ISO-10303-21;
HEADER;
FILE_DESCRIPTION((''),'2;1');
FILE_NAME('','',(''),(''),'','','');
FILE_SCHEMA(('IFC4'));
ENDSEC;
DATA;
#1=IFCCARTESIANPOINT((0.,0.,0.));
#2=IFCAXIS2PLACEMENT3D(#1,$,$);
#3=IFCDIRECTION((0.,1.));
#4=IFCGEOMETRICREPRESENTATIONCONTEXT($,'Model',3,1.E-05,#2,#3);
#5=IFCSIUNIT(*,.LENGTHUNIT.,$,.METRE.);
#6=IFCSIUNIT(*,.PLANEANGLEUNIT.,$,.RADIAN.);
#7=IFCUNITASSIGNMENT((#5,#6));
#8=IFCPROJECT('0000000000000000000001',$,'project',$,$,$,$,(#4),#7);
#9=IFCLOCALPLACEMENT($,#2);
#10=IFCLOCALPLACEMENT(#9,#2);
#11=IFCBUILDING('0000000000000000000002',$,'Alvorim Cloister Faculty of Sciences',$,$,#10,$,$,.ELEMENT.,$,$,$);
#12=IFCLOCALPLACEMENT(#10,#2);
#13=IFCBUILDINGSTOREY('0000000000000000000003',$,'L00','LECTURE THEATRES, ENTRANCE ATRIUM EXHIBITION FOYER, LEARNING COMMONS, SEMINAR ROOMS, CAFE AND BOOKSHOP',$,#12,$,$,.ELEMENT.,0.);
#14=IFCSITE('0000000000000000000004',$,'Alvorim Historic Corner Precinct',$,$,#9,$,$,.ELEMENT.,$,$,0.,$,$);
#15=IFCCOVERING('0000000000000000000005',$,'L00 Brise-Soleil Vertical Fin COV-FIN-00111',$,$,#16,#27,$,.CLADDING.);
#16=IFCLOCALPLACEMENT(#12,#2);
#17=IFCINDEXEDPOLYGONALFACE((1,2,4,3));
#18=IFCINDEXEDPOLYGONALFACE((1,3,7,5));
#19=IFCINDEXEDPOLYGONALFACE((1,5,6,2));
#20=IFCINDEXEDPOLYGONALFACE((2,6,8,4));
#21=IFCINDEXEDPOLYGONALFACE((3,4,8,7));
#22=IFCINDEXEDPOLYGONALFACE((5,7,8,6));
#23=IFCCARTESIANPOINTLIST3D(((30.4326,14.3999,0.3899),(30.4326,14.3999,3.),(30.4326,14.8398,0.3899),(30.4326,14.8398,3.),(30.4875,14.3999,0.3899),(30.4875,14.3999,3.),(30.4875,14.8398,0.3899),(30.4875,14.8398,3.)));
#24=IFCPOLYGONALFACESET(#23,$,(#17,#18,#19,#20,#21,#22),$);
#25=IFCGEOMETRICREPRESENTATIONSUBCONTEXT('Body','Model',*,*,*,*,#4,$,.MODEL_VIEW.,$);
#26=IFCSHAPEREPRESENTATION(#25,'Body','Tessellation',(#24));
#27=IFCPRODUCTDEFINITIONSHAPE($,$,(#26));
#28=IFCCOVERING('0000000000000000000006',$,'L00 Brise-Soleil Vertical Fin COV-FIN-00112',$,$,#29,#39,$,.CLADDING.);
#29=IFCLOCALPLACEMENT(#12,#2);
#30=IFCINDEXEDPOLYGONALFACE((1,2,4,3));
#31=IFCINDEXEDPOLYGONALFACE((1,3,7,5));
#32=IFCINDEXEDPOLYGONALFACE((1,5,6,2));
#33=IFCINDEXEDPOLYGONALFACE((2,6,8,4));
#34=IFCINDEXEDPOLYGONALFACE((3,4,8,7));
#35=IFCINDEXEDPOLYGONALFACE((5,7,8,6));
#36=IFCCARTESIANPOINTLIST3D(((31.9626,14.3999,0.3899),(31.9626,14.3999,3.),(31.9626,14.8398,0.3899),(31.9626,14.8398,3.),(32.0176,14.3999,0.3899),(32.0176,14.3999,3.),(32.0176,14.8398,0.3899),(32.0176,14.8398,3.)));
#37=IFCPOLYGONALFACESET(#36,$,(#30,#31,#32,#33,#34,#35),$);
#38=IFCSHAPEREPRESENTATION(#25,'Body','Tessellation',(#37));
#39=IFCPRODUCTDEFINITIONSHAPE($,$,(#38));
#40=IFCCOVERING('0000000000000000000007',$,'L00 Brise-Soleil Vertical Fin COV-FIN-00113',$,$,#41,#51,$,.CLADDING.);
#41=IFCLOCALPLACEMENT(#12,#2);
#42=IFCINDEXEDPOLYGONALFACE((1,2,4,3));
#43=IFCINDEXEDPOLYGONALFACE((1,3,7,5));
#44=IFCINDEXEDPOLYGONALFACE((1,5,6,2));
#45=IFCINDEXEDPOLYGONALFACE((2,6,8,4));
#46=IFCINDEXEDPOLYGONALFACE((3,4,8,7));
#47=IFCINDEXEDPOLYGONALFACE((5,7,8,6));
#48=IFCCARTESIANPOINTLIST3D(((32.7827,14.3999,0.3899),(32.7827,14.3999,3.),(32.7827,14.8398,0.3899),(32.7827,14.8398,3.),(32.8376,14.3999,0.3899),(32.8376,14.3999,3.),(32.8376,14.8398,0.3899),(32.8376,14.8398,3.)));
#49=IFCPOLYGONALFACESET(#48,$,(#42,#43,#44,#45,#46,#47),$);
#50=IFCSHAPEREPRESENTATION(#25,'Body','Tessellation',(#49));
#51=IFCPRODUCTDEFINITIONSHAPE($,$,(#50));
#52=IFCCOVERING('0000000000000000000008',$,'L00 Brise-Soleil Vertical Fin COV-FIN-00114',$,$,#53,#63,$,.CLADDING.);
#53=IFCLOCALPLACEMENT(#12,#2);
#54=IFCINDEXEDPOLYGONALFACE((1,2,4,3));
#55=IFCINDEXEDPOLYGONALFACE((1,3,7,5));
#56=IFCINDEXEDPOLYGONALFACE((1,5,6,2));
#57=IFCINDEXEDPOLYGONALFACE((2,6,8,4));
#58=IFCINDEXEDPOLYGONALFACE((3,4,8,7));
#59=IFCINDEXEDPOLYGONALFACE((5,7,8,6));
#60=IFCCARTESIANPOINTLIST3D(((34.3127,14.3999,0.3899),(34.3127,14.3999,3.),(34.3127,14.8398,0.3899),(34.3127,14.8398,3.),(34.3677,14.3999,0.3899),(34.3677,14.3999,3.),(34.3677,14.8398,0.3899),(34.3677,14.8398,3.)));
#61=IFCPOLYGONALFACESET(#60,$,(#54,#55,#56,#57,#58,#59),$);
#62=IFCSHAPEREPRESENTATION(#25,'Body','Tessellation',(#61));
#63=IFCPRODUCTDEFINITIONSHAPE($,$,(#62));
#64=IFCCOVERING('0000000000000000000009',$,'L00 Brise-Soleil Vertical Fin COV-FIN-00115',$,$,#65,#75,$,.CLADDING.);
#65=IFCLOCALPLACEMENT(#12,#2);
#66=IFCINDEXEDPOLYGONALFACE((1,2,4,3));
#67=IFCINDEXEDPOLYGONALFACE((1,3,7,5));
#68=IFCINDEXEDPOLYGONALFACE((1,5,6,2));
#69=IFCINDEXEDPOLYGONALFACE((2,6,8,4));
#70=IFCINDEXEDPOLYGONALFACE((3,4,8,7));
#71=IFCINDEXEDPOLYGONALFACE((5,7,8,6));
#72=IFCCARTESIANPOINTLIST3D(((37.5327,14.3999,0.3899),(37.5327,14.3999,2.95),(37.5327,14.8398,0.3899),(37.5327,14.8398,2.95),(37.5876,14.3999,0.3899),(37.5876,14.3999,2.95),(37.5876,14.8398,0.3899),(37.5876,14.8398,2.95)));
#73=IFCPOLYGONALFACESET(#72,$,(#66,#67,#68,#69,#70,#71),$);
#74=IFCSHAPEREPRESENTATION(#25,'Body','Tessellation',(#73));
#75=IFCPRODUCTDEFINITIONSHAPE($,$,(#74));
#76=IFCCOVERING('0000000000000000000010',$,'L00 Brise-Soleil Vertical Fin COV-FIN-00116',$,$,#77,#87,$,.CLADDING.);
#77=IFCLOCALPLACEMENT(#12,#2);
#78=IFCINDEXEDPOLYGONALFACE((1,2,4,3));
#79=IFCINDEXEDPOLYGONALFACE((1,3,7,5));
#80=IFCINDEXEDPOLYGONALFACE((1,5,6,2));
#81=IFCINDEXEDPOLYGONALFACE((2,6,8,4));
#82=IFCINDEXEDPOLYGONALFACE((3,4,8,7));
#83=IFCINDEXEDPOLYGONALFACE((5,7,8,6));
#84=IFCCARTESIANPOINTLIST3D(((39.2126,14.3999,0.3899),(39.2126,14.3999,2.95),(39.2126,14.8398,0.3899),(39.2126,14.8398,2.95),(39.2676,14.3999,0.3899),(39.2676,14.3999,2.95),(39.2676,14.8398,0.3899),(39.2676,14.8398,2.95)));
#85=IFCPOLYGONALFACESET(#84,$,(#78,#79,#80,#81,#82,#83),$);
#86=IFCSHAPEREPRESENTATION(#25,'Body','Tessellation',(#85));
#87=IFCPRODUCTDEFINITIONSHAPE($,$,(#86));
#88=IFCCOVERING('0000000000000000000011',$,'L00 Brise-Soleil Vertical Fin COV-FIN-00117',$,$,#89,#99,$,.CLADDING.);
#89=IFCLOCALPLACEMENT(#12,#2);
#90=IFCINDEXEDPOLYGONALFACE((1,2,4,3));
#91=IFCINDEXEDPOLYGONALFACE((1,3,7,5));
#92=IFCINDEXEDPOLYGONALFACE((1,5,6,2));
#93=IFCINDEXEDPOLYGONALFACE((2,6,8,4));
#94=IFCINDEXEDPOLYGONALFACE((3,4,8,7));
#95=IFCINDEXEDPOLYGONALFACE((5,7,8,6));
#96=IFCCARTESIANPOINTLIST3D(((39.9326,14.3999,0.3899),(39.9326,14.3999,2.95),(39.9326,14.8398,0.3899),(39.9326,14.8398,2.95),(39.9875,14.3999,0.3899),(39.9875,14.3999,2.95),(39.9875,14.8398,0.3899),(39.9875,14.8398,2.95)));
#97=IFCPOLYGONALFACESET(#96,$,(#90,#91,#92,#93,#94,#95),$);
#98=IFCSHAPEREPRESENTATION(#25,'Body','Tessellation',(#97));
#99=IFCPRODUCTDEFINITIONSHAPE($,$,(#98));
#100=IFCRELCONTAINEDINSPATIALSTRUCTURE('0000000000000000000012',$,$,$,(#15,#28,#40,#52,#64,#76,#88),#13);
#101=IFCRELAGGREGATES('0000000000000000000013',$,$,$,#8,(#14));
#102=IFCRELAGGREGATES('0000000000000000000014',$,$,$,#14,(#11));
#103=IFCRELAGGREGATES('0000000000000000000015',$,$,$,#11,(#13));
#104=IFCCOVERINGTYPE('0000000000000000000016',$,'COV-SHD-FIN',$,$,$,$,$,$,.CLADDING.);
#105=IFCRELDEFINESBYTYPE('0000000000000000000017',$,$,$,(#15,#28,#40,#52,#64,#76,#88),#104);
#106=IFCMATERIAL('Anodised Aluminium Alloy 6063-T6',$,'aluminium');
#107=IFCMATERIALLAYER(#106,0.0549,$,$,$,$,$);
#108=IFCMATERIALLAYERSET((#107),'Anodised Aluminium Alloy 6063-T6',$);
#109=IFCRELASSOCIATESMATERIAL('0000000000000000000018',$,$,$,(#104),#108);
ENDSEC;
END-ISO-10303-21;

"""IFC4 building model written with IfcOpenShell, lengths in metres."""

from ifc_helpers import new_model, si_unit, direction, frame, origin, place, context, subcontext, project, spatial, polyline, outline, extrude, material, layer, layer_set, type_object, element, save


model = new_model("IFC4")

# Units and contexts
model_context = context("Model", 3, precision=1e-05, world=origin(), true_north=direction((0.0, 1.0)))
body_context = subcontext(model_context, "Body", "Model", "MODEL_VIEW")
ifc_project = project(units=[si_unit("LENGTHUNIT", "METRE"), si_unit("PLANEANGLEUNIT", "RADIAN")], contexts=[model_context])

# Site, building, storey
site_placement = place(None, origin())
site = spatial("IfcSite", under=ifc_project, at=site_placement, Name="Alvorim Historic Corner Precinct", CompositionType="ELEMENT", RefElevation=0.0)
building_placement = place(site_placement, origin())
building = spatial("IfcBuilding", under=site, at=building_placement, Name="Alvorim Cloister Faculty of Sciences", CompositionType="ELEMENT")
storey_placement = place(building_placement, origin())
storey = spatial("IfcBuildingStorey", under=building, at=storey_placement, Name="L00", Description="LECTURE THEATRES, ENTRANCE ATRIUM EXHIBITION FOYER, LEARNING COMMONS, SEMINAR ROOMS, CAFE AND BOOKSHOP", CompositionType="ELEMENT", Elevation=0.0)

# Coverings
ifc_material_1 = material(Name="Anodised Aluminium Alloy 6063-T6", Category="aluminium")
ifc_layer_1 = layer(ifc_material_1, 0.0549)
ifc_layer_set_1 = layer_set([ifc_layer_1], Name="Anodised Aluminium Alloy 6063-T6")
covering_type = type_object("IfcCoveringType", Name="COV-SHD-FIN", PredefinedType="CLADDING", material=ifc_layer_set_1)
for number, where, z_axis, x_axis, name in (
    (1, (30.46, 14.3999, 0.3899), (0.0, 0.0, 1.0), (0.0, 1.0, 0.0), "L00 Brise-Soleil Vertical Fin COV-FIN-00111"),
    (2, (31.99, 14.3999, 0.3899), (0.0, 0.0, 1.0), (0.0, 1.0, 0.0), "L00 Brise-Soleil Vertical Fin COV-FIN-00112"),
    (3, (32.8101, 14.3999, 0.3899), (0.0, 0.0, 1.0), (0.0, 1.0, 0.0), "L00 Brise-Soleil Vertical Fin COV-FIN-00113"),
    (4, (34.3401, 14.3999, 0.3899), (0.0, 0.0, 1.0), (0.0, 1.0, 0.0), "L00 Brise-Soleil Vertical Fin COV-FIN-00114"),
):
    element("IfcCovering", number, at=place(storey_placement, frame(where, z_axis=z_axis, x_axis=x_axis)), inside=storey, type_object=covering_type, Name=name, PredefinedType="CLADDING", context=body_context, shape_type="SweptSolid", body=[
        extrude(outline(polyline([(0.0, 0.0), (0.4399, 0.0), (0.4399, 2.6101), (0.0, 2.6101), (0.0, 0.0)])), frame((0.0, 0.0273, 0.0), z_axis=(0.0, -1.0, 0.0), x_axis=(1.0, 0.0, 0.0)), (0.0, 0.0, 1.0), 0.0549),
    ])
for number, where, z_axis, x_axis, name in (
    (5, (37.5601, 14.3999, 0.3899), (0.0, 0.0, 1.0), (0.0, 1.0, 0.0), "L00 Brise-Soleil Vertical Fin COV-FIN-00115"),
    (6, (39.24, 14.3999, 0.3899), (0.0, 0.0, 1.0), (0.0, 1.0, 0.0), "L00 Brise-Soleil Vertical Fin COV-FIN-00116"),
    (7, (39.96, 14.3999, 0.3899), (0.0, 0.0, 1.0), (0.0, 1.0, 0.0), "L00 Brise-Soleil Vertical Fin COV-FIN-00117"),
):
    element("IfcCovering", number, at=place(storey_placement, frame(where, z_axis=z_axis, x_axis=x_axis)), inside=storey, type_object=covering_type, Name=name, PredefinedType="CLADDING", context=body_context, shape_type="SweptSolid", body=[
        extrude(outline(polyline([(0.0, 0.0), (0.4399, 0.0), (0.4399, 2.5601), (0.0, 2.5601), (0.0, 0.0)])), frame((0.0, 0.0273, 0.0), z_axis=(0.0, -1.0, 0.0), x_axis=(1.0, 0.0, 0.0)), (0.0, 0.0, 1.0), 0.0549),
    ])

save(model, "model.ifc")
